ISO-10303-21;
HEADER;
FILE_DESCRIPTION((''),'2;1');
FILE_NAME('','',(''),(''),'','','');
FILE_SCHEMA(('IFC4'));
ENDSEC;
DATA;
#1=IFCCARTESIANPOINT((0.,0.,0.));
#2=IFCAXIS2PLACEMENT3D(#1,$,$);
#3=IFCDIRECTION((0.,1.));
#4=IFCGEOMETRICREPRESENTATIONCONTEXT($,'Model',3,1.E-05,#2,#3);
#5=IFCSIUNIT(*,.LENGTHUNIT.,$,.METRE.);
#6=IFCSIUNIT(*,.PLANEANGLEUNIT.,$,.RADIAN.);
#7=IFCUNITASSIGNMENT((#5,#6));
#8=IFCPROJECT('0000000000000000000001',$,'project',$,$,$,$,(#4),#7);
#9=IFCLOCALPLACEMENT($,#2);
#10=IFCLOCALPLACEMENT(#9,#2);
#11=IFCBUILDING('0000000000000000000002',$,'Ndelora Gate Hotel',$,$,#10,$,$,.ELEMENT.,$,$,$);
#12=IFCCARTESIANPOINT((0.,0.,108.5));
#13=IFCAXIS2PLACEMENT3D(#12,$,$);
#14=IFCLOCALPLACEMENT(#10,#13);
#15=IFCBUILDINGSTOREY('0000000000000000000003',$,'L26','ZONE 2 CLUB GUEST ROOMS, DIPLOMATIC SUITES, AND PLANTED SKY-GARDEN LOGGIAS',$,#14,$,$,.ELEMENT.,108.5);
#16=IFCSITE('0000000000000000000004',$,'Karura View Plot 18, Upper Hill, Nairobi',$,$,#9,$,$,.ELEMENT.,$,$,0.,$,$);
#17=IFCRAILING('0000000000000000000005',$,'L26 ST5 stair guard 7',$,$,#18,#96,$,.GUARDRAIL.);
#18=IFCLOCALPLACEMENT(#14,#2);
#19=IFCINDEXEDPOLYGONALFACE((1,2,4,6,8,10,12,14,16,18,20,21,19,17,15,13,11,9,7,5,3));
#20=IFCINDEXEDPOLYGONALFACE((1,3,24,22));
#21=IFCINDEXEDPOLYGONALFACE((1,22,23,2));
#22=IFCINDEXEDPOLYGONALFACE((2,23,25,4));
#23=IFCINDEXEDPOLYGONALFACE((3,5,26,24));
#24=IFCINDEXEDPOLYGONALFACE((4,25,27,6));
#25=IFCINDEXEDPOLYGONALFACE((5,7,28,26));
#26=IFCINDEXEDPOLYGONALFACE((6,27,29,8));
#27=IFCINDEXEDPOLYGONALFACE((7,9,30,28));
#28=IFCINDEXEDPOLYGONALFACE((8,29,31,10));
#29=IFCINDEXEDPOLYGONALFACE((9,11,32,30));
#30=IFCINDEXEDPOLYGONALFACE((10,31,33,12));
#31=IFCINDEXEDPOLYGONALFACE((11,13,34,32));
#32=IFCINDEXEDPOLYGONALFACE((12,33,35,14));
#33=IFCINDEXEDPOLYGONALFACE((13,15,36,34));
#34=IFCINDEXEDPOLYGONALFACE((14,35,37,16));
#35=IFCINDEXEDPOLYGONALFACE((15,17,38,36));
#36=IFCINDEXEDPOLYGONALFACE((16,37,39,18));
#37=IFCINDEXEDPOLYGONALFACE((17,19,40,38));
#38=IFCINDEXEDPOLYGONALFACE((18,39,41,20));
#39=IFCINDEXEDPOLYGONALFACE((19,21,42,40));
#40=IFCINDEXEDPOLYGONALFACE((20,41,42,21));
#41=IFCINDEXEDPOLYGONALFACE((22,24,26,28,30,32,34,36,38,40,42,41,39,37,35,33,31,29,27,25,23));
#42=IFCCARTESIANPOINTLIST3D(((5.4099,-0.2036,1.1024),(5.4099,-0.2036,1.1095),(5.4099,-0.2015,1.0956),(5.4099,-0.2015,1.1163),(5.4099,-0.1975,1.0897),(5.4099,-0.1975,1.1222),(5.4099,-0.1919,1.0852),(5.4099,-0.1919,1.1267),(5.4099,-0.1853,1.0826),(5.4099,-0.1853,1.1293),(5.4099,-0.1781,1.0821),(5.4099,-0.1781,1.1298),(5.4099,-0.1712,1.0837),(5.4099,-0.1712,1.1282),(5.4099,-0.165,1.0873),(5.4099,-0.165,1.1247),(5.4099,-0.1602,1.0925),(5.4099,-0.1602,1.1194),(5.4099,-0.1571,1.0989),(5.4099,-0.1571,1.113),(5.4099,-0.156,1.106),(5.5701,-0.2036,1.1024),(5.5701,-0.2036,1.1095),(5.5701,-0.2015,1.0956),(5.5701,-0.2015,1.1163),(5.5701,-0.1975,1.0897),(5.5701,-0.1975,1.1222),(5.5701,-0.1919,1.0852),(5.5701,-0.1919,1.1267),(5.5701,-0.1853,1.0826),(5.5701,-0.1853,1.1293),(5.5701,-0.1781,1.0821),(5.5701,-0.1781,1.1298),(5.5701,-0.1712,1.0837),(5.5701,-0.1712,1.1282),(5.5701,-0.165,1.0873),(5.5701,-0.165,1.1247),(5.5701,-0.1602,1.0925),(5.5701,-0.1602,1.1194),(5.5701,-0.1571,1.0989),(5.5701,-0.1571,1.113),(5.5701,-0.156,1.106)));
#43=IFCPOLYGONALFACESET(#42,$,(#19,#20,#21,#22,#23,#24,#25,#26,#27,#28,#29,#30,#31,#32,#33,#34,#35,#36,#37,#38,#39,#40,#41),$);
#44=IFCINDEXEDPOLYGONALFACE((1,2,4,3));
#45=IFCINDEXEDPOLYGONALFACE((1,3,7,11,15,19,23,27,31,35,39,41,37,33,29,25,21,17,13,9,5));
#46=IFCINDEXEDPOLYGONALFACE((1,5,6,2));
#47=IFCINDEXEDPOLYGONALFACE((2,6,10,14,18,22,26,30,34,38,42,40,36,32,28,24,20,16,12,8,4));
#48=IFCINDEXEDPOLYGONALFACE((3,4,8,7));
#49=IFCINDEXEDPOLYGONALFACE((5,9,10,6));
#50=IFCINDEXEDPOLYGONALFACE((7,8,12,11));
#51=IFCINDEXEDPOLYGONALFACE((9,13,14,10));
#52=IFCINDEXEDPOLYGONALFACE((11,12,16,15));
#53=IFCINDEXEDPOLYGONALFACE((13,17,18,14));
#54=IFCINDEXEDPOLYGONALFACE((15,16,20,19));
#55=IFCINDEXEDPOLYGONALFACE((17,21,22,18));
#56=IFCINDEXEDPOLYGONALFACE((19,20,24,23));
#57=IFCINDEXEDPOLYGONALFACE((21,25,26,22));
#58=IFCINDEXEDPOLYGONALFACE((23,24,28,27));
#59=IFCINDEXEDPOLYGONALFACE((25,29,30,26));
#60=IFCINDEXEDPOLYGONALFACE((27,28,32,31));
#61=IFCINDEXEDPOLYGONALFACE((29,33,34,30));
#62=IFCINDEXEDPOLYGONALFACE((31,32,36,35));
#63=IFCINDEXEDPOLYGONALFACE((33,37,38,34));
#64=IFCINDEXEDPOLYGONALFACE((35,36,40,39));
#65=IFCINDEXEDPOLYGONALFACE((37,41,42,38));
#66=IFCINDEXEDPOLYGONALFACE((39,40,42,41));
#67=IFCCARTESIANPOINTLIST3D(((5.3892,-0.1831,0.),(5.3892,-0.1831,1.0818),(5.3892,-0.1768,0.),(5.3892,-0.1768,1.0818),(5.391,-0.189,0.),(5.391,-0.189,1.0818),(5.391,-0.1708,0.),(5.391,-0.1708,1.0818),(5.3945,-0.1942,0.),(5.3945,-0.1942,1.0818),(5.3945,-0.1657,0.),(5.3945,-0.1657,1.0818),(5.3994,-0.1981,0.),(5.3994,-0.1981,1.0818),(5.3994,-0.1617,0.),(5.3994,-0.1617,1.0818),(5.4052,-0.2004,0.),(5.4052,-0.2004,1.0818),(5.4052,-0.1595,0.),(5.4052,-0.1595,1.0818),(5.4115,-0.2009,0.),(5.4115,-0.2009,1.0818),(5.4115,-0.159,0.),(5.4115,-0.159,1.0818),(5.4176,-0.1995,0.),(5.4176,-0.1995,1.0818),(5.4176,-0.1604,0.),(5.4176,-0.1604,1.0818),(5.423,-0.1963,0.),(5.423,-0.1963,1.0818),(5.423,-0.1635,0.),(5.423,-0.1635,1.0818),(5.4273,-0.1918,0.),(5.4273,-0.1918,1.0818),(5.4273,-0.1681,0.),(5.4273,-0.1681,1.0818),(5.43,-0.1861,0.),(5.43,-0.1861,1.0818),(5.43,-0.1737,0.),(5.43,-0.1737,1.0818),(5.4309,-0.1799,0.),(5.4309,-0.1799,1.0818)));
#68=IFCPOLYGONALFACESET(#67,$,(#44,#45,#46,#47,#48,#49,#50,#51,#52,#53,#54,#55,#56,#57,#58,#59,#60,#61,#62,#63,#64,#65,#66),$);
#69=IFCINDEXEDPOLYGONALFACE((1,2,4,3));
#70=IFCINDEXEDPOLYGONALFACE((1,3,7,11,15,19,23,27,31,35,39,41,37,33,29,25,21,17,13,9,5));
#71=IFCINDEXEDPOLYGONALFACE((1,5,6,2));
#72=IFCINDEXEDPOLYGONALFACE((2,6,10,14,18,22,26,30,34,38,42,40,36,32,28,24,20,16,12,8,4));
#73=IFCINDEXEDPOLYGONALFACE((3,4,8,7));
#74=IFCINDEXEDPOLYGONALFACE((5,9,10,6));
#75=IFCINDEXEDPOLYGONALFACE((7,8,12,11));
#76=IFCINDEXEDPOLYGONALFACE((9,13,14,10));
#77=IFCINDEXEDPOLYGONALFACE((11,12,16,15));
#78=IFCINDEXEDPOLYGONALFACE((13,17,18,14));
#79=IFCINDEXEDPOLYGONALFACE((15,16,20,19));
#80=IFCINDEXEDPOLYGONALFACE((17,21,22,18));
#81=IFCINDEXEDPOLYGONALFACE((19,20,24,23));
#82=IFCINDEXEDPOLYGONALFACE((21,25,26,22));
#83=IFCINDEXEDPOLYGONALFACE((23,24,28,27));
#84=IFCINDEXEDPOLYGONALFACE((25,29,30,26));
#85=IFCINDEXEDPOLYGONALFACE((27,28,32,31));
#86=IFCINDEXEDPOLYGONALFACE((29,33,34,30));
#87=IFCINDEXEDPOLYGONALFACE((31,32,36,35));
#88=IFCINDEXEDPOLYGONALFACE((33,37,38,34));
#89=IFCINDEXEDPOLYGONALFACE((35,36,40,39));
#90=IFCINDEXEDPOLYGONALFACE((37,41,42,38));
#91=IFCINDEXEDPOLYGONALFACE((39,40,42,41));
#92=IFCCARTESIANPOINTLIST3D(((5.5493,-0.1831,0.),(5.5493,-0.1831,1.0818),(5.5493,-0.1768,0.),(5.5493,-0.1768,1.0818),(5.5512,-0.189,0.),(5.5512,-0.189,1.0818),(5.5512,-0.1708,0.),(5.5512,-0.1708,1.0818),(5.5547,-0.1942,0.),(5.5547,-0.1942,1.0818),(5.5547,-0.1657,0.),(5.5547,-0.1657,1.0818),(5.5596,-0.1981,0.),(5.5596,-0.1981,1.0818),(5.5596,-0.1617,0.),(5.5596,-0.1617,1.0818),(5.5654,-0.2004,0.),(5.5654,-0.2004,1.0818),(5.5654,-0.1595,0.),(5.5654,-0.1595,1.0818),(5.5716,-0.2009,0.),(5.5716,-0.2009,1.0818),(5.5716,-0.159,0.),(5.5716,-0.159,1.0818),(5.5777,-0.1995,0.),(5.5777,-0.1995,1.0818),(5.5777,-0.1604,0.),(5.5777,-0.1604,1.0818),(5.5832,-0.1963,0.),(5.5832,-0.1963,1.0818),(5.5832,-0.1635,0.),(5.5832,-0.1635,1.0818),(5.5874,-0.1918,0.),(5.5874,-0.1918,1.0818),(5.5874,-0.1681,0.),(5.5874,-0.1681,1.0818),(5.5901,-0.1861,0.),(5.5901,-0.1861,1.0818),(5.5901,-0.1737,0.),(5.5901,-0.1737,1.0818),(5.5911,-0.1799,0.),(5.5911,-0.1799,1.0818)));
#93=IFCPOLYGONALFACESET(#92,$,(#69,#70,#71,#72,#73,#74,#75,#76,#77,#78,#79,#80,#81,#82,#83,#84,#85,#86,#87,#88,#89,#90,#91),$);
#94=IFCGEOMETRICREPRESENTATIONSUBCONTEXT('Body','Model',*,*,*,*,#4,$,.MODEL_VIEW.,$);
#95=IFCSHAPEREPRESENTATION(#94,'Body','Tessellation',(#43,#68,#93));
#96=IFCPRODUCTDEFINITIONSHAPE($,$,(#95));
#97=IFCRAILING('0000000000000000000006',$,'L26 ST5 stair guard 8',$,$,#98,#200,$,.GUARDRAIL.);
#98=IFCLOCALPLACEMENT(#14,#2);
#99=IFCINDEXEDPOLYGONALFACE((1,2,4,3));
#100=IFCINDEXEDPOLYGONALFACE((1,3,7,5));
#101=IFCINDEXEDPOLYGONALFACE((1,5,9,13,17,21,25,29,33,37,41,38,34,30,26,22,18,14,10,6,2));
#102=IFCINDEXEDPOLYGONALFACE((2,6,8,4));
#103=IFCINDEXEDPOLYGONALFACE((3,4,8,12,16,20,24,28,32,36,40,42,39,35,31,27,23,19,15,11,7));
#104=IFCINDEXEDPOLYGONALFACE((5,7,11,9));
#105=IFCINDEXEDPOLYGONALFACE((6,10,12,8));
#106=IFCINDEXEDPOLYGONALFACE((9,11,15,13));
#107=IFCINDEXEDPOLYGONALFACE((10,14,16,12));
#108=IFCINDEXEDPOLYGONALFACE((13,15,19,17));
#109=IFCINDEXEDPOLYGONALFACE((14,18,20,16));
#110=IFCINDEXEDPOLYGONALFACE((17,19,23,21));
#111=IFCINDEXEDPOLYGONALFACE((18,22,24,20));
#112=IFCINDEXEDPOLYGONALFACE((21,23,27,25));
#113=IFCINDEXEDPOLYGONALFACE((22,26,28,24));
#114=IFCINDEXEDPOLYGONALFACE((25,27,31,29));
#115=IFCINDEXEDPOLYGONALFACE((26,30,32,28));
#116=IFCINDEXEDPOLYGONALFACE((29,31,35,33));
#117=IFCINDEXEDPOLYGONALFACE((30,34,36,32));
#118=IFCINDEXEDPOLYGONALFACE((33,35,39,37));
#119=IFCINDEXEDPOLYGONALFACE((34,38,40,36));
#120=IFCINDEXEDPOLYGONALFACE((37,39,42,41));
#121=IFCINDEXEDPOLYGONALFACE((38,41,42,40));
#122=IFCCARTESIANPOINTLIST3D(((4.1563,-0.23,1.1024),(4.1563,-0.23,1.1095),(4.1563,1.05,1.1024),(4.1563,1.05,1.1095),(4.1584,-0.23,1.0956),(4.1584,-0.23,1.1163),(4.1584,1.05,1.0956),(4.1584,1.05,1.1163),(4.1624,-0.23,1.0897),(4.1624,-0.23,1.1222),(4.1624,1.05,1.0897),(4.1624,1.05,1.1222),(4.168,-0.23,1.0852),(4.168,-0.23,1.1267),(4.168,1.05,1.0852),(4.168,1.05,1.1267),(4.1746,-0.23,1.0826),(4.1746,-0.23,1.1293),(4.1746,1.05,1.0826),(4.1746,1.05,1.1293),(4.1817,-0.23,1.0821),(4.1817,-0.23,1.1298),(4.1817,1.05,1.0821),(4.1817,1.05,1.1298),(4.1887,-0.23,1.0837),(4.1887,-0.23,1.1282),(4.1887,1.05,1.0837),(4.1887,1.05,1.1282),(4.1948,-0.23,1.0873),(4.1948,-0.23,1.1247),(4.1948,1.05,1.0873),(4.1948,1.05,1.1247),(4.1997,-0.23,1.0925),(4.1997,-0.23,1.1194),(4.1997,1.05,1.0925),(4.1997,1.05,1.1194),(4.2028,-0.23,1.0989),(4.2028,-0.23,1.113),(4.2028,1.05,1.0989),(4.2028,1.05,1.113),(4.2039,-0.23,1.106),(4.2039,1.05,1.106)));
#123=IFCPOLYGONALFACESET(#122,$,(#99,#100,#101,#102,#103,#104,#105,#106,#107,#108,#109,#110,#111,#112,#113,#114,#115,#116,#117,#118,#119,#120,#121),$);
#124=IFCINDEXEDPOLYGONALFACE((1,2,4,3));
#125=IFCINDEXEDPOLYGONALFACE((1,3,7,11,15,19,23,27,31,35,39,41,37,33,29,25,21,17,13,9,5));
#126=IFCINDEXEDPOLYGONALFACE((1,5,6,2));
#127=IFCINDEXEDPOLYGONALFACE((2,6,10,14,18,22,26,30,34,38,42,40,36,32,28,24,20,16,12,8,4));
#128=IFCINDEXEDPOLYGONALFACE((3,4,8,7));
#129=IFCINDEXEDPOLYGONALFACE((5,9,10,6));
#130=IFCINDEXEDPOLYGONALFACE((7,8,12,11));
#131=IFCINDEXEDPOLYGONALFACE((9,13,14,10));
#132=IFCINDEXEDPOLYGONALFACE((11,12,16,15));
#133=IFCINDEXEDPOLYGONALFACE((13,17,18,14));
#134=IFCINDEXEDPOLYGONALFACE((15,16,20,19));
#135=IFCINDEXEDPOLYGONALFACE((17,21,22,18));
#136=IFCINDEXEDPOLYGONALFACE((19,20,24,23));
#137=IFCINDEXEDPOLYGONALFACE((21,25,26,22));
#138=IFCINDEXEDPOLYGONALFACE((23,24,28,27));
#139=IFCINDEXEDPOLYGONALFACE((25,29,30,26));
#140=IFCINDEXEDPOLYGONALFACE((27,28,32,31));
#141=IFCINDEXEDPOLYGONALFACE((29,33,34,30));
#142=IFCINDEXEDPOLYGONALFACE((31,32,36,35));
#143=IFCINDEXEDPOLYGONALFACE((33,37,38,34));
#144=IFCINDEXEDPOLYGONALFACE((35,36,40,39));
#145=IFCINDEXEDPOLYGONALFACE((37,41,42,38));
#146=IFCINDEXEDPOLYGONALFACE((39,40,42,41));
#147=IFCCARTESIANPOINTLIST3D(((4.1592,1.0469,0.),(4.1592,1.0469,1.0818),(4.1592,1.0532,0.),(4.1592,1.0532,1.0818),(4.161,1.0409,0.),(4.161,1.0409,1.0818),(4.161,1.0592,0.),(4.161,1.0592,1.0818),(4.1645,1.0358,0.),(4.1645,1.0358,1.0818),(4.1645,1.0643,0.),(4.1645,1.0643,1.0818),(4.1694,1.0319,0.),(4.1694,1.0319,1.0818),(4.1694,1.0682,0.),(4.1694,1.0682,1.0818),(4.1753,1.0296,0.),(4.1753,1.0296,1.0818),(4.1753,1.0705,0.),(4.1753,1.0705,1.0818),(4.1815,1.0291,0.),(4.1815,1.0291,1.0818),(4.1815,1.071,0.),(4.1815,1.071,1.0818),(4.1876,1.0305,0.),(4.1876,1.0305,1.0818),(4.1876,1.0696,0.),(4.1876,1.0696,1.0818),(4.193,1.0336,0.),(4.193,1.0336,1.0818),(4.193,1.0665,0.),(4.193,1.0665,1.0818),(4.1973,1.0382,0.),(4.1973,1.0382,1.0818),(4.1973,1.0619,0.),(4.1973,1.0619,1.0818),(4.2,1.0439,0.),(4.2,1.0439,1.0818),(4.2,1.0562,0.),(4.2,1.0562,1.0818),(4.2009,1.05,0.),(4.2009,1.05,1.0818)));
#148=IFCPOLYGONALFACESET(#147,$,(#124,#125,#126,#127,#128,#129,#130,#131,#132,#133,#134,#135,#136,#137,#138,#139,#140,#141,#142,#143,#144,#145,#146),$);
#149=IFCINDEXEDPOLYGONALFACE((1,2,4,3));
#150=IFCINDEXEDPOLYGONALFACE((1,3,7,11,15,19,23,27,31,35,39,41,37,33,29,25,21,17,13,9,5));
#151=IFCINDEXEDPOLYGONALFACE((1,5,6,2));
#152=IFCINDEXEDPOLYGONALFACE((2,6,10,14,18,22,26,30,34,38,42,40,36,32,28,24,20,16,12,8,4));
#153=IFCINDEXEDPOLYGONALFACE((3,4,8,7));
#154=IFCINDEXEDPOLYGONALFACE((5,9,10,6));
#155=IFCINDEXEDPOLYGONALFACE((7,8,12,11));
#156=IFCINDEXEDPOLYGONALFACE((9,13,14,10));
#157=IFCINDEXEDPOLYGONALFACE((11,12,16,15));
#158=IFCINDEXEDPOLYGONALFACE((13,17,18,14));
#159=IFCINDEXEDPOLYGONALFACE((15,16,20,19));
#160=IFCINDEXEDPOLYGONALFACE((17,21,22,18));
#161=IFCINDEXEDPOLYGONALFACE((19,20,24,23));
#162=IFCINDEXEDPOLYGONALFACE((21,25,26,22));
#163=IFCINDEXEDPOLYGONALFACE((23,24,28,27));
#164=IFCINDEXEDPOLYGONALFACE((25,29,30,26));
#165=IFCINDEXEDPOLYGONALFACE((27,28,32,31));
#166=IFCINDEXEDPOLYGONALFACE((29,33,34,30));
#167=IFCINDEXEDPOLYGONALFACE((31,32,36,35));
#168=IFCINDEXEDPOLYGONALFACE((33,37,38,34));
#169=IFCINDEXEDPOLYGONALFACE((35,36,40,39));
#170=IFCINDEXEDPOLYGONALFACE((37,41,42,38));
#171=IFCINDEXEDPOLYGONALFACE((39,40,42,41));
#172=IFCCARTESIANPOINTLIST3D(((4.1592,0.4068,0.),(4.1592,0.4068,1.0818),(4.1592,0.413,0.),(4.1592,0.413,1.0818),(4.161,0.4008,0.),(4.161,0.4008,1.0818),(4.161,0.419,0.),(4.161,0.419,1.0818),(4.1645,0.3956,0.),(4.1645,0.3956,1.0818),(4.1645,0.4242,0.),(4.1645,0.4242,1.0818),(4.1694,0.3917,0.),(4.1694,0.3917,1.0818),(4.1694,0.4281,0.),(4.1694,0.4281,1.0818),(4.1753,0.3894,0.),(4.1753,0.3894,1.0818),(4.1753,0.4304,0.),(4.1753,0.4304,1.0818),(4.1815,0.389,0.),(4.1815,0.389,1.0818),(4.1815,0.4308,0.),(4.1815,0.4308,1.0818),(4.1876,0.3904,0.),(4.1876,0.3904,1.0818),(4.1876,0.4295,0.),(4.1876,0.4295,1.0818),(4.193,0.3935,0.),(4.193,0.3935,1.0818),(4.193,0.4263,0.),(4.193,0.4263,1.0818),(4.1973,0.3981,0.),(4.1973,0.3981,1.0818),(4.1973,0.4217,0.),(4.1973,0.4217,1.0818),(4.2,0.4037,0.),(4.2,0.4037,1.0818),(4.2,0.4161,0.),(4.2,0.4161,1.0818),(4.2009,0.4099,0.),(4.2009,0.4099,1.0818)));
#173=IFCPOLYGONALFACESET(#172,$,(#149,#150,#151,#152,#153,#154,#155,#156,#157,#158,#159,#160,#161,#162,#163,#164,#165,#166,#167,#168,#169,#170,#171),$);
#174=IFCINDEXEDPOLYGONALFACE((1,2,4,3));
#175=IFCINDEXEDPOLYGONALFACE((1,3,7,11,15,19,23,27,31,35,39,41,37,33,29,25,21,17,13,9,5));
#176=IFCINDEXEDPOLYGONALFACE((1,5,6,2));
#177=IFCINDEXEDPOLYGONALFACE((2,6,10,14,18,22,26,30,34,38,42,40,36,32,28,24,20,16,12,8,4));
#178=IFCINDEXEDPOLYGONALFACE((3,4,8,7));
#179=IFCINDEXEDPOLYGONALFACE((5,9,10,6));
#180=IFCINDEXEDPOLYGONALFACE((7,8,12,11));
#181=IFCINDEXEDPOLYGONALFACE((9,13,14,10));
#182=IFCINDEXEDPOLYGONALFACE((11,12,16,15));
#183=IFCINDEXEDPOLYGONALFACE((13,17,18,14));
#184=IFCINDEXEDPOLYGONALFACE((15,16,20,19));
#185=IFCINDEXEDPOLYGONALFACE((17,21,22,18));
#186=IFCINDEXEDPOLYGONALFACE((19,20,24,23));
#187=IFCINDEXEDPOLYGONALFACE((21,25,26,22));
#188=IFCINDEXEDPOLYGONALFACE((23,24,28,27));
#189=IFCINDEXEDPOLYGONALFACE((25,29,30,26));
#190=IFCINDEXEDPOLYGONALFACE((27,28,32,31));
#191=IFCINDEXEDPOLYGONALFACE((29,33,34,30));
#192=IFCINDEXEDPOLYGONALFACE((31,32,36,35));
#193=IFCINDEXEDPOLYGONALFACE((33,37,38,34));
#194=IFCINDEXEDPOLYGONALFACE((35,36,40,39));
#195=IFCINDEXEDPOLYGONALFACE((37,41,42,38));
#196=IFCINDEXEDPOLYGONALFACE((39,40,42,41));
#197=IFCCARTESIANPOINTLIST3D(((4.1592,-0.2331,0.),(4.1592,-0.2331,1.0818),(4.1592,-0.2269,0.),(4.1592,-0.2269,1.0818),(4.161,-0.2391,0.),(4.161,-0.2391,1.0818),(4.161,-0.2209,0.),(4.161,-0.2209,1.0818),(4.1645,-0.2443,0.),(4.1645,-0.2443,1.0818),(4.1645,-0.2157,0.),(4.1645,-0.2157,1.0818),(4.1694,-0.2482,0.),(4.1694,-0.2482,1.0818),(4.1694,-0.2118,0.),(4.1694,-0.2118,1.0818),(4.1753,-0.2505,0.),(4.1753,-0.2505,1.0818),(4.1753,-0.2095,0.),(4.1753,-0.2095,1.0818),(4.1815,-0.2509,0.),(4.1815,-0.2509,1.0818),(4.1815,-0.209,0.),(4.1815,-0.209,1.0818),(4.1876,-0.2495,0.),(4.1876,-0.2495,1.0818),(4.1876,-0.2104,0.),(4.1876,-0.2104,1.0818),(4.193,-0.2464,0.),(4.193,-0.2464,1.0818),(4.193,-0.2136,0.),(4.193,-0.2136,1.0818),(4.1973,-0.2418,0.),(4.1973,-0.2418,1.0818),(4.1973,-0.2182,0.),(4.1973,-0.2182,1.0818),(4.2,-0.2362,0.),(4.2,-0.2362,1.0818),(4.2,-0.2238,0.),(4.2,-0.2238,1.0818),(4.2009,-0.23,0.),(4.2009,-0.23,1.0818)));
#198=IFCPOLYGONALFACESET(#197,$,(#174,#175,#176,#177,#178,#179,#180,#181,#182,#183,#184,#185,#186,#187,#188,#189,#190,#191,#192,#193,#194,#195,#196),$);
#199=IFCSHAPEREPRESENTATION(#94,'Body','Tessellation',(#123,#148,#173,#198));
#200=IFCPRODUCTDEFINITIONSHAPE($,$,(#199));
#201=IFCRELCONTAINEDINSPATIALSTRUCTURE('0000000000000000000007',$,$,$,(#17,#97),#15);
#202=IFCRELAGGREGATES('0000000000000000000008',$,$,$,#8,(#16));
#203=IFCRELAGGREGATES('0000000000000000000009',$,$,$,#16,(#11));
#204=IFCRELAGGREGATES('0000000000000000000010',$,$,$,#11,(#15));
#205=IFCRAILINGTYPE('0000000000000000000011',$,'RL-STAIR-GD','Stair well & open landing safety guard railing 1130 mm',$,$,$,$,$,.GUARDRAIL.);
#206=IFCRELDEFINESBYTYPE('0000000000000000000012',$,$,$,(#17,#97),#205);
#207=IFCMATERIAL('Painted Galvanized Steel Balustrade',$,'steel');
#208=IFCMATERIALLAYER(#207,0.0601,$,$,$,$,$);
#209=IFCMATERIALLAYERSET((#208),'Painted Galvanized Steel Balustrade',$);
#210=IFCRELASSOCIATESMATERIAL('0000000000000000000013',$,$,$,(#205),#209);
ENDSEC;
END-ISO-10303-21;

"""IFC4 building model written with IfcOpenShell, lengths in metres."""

from ifc_helpers import new_model, si_unit, direction, frame, origin, origin_2d, place, context, subcontext, project, spatial, circle, extrude, material, layer, layer_set, type_object, element, save


model = new_model("IFC4")

# Units and contexts
model_context = context("Model", 3, precision=1e-05, world=origin(), true_north=direction((0.0, 1.0)))
body_context = subcontext(model_context, "Body", "Model", "MODEL_VIEW")
ifc_project = project(units=[si_unit("LENGTHUNIT", "METRE"), si_unit("PLANEANGLEUNIT", "RADIAN")], contexts=[model_context])

# Site, building, storey
site_placement = place(None, origin())
site = spatial("IfcSite", under=ifc_project, at=site_placement, Name="Karura View Plot 18, Upper Hill, Nairobi", CompositionType="ELEMENT", RefElevation=0.0)
building_placement = place(site_placement, origin())
building = spatial("IfcBuilding", under=site, at=building_placement, Name="Ndelora Gate Hotel", CompositionType="ELEMENT")
storey_placement = place(building_placement, frame((0.0, 0.0, 108.5)))
storey = spatial("IfcBuildingStorey", under=building, at=storey_placement, Name="L26", Description="ZONE 2 CLUB GUEST ROOMS, DIPLOMATIC SUITES, AND PLANTED SKY-GARDEN LOGGIAS", CompositionType="ELEMENT", Elevation=108.5)

# Railings
ifc_material_1 = material(Name="Painted Galvanized Steel Balustrade", Category="steel")
ifc_layer_1 = layer(ifc_material_1, 0.0601)
ifc_layer_set_1 = layer_set([ifc_layer_1], Name="Painted Galvanized Steel Balustrade")
railing_type_1 = type_object("IfcRailingType", Name="RL-STAIR-GD", Description="Stair well & open landing safety guard railing 1130 mm", PredefinedType="GUARDRAIL", material=ifc_layer_set_1)
railing_1_placement = place(storey_placement, frame((5.4099, -0.1799, 0.0)))
element("IfcRailing", 1, at=railing_1_placement, inside=storey, type_object=railing_type_1, Name="L26 ST5 stair guard 7", PredefinedType="GUARDRAIL", context=body_context, shape_type="SweptSolid", body=[
    extrude(circle(Radius=0.0239, at=origin_2d()), frame((0.0, 0.0, 1.106), z_axis=(1.0, 0.0, 0.0), x_axis=(0.0, 1.0, 0.0)), (0.0, 0.0, 1.0), 0.1602),
    extrude(circle(Radius=0.021, at=origin_2d()), origin(), (0.0, 0.0, 1.0), 1.0818),
    extrude(circle(Radius=0.021, at=origin_2d()), frame((0.1602, 0.0, 0.0)), (0.0, 0.0, 1.0), 1.0818),
])
for number, where, name in (
    (2, (4.1799, 1.05, 0.0), "L26 ST5 stair guard 8"),
):
    element("IfcRailing", number, at=place(storey_placement, frame(where)), inside=storey, type_object=railing_type_1, Name=name, PredefinedType="GUARDRAIL", context=body_context, shape_type="SweptSolid", body=[
        extrude(circle(Radius=0.0239, at=origin_2d()), frame((0.0, 0.0, 1.106), z_axis=(0.0, -1.0, 0.0), x_axis=(1.0, 0.0, 0.0)), (0.0, 0.0, 1.0), 1.28),
        extrude(circle(Radius=0.021, at=origin_2d()), origin(), (0.0, 0.0, 1.0), 1.0818),
        extrude(circle(Radius=0.021, at=origin_2d()), frame((0.0, -0.6401, 0.0)), (0.0, 0.0, 1.0), 1.0818),
        extrude(circle(Radius=0.021, at=origin_2d()), frame((0.0, -1.28, 0.0)), (0.0, 0.0, 1.0), 1.0818),
    ])

save(model, "model.ifc")
